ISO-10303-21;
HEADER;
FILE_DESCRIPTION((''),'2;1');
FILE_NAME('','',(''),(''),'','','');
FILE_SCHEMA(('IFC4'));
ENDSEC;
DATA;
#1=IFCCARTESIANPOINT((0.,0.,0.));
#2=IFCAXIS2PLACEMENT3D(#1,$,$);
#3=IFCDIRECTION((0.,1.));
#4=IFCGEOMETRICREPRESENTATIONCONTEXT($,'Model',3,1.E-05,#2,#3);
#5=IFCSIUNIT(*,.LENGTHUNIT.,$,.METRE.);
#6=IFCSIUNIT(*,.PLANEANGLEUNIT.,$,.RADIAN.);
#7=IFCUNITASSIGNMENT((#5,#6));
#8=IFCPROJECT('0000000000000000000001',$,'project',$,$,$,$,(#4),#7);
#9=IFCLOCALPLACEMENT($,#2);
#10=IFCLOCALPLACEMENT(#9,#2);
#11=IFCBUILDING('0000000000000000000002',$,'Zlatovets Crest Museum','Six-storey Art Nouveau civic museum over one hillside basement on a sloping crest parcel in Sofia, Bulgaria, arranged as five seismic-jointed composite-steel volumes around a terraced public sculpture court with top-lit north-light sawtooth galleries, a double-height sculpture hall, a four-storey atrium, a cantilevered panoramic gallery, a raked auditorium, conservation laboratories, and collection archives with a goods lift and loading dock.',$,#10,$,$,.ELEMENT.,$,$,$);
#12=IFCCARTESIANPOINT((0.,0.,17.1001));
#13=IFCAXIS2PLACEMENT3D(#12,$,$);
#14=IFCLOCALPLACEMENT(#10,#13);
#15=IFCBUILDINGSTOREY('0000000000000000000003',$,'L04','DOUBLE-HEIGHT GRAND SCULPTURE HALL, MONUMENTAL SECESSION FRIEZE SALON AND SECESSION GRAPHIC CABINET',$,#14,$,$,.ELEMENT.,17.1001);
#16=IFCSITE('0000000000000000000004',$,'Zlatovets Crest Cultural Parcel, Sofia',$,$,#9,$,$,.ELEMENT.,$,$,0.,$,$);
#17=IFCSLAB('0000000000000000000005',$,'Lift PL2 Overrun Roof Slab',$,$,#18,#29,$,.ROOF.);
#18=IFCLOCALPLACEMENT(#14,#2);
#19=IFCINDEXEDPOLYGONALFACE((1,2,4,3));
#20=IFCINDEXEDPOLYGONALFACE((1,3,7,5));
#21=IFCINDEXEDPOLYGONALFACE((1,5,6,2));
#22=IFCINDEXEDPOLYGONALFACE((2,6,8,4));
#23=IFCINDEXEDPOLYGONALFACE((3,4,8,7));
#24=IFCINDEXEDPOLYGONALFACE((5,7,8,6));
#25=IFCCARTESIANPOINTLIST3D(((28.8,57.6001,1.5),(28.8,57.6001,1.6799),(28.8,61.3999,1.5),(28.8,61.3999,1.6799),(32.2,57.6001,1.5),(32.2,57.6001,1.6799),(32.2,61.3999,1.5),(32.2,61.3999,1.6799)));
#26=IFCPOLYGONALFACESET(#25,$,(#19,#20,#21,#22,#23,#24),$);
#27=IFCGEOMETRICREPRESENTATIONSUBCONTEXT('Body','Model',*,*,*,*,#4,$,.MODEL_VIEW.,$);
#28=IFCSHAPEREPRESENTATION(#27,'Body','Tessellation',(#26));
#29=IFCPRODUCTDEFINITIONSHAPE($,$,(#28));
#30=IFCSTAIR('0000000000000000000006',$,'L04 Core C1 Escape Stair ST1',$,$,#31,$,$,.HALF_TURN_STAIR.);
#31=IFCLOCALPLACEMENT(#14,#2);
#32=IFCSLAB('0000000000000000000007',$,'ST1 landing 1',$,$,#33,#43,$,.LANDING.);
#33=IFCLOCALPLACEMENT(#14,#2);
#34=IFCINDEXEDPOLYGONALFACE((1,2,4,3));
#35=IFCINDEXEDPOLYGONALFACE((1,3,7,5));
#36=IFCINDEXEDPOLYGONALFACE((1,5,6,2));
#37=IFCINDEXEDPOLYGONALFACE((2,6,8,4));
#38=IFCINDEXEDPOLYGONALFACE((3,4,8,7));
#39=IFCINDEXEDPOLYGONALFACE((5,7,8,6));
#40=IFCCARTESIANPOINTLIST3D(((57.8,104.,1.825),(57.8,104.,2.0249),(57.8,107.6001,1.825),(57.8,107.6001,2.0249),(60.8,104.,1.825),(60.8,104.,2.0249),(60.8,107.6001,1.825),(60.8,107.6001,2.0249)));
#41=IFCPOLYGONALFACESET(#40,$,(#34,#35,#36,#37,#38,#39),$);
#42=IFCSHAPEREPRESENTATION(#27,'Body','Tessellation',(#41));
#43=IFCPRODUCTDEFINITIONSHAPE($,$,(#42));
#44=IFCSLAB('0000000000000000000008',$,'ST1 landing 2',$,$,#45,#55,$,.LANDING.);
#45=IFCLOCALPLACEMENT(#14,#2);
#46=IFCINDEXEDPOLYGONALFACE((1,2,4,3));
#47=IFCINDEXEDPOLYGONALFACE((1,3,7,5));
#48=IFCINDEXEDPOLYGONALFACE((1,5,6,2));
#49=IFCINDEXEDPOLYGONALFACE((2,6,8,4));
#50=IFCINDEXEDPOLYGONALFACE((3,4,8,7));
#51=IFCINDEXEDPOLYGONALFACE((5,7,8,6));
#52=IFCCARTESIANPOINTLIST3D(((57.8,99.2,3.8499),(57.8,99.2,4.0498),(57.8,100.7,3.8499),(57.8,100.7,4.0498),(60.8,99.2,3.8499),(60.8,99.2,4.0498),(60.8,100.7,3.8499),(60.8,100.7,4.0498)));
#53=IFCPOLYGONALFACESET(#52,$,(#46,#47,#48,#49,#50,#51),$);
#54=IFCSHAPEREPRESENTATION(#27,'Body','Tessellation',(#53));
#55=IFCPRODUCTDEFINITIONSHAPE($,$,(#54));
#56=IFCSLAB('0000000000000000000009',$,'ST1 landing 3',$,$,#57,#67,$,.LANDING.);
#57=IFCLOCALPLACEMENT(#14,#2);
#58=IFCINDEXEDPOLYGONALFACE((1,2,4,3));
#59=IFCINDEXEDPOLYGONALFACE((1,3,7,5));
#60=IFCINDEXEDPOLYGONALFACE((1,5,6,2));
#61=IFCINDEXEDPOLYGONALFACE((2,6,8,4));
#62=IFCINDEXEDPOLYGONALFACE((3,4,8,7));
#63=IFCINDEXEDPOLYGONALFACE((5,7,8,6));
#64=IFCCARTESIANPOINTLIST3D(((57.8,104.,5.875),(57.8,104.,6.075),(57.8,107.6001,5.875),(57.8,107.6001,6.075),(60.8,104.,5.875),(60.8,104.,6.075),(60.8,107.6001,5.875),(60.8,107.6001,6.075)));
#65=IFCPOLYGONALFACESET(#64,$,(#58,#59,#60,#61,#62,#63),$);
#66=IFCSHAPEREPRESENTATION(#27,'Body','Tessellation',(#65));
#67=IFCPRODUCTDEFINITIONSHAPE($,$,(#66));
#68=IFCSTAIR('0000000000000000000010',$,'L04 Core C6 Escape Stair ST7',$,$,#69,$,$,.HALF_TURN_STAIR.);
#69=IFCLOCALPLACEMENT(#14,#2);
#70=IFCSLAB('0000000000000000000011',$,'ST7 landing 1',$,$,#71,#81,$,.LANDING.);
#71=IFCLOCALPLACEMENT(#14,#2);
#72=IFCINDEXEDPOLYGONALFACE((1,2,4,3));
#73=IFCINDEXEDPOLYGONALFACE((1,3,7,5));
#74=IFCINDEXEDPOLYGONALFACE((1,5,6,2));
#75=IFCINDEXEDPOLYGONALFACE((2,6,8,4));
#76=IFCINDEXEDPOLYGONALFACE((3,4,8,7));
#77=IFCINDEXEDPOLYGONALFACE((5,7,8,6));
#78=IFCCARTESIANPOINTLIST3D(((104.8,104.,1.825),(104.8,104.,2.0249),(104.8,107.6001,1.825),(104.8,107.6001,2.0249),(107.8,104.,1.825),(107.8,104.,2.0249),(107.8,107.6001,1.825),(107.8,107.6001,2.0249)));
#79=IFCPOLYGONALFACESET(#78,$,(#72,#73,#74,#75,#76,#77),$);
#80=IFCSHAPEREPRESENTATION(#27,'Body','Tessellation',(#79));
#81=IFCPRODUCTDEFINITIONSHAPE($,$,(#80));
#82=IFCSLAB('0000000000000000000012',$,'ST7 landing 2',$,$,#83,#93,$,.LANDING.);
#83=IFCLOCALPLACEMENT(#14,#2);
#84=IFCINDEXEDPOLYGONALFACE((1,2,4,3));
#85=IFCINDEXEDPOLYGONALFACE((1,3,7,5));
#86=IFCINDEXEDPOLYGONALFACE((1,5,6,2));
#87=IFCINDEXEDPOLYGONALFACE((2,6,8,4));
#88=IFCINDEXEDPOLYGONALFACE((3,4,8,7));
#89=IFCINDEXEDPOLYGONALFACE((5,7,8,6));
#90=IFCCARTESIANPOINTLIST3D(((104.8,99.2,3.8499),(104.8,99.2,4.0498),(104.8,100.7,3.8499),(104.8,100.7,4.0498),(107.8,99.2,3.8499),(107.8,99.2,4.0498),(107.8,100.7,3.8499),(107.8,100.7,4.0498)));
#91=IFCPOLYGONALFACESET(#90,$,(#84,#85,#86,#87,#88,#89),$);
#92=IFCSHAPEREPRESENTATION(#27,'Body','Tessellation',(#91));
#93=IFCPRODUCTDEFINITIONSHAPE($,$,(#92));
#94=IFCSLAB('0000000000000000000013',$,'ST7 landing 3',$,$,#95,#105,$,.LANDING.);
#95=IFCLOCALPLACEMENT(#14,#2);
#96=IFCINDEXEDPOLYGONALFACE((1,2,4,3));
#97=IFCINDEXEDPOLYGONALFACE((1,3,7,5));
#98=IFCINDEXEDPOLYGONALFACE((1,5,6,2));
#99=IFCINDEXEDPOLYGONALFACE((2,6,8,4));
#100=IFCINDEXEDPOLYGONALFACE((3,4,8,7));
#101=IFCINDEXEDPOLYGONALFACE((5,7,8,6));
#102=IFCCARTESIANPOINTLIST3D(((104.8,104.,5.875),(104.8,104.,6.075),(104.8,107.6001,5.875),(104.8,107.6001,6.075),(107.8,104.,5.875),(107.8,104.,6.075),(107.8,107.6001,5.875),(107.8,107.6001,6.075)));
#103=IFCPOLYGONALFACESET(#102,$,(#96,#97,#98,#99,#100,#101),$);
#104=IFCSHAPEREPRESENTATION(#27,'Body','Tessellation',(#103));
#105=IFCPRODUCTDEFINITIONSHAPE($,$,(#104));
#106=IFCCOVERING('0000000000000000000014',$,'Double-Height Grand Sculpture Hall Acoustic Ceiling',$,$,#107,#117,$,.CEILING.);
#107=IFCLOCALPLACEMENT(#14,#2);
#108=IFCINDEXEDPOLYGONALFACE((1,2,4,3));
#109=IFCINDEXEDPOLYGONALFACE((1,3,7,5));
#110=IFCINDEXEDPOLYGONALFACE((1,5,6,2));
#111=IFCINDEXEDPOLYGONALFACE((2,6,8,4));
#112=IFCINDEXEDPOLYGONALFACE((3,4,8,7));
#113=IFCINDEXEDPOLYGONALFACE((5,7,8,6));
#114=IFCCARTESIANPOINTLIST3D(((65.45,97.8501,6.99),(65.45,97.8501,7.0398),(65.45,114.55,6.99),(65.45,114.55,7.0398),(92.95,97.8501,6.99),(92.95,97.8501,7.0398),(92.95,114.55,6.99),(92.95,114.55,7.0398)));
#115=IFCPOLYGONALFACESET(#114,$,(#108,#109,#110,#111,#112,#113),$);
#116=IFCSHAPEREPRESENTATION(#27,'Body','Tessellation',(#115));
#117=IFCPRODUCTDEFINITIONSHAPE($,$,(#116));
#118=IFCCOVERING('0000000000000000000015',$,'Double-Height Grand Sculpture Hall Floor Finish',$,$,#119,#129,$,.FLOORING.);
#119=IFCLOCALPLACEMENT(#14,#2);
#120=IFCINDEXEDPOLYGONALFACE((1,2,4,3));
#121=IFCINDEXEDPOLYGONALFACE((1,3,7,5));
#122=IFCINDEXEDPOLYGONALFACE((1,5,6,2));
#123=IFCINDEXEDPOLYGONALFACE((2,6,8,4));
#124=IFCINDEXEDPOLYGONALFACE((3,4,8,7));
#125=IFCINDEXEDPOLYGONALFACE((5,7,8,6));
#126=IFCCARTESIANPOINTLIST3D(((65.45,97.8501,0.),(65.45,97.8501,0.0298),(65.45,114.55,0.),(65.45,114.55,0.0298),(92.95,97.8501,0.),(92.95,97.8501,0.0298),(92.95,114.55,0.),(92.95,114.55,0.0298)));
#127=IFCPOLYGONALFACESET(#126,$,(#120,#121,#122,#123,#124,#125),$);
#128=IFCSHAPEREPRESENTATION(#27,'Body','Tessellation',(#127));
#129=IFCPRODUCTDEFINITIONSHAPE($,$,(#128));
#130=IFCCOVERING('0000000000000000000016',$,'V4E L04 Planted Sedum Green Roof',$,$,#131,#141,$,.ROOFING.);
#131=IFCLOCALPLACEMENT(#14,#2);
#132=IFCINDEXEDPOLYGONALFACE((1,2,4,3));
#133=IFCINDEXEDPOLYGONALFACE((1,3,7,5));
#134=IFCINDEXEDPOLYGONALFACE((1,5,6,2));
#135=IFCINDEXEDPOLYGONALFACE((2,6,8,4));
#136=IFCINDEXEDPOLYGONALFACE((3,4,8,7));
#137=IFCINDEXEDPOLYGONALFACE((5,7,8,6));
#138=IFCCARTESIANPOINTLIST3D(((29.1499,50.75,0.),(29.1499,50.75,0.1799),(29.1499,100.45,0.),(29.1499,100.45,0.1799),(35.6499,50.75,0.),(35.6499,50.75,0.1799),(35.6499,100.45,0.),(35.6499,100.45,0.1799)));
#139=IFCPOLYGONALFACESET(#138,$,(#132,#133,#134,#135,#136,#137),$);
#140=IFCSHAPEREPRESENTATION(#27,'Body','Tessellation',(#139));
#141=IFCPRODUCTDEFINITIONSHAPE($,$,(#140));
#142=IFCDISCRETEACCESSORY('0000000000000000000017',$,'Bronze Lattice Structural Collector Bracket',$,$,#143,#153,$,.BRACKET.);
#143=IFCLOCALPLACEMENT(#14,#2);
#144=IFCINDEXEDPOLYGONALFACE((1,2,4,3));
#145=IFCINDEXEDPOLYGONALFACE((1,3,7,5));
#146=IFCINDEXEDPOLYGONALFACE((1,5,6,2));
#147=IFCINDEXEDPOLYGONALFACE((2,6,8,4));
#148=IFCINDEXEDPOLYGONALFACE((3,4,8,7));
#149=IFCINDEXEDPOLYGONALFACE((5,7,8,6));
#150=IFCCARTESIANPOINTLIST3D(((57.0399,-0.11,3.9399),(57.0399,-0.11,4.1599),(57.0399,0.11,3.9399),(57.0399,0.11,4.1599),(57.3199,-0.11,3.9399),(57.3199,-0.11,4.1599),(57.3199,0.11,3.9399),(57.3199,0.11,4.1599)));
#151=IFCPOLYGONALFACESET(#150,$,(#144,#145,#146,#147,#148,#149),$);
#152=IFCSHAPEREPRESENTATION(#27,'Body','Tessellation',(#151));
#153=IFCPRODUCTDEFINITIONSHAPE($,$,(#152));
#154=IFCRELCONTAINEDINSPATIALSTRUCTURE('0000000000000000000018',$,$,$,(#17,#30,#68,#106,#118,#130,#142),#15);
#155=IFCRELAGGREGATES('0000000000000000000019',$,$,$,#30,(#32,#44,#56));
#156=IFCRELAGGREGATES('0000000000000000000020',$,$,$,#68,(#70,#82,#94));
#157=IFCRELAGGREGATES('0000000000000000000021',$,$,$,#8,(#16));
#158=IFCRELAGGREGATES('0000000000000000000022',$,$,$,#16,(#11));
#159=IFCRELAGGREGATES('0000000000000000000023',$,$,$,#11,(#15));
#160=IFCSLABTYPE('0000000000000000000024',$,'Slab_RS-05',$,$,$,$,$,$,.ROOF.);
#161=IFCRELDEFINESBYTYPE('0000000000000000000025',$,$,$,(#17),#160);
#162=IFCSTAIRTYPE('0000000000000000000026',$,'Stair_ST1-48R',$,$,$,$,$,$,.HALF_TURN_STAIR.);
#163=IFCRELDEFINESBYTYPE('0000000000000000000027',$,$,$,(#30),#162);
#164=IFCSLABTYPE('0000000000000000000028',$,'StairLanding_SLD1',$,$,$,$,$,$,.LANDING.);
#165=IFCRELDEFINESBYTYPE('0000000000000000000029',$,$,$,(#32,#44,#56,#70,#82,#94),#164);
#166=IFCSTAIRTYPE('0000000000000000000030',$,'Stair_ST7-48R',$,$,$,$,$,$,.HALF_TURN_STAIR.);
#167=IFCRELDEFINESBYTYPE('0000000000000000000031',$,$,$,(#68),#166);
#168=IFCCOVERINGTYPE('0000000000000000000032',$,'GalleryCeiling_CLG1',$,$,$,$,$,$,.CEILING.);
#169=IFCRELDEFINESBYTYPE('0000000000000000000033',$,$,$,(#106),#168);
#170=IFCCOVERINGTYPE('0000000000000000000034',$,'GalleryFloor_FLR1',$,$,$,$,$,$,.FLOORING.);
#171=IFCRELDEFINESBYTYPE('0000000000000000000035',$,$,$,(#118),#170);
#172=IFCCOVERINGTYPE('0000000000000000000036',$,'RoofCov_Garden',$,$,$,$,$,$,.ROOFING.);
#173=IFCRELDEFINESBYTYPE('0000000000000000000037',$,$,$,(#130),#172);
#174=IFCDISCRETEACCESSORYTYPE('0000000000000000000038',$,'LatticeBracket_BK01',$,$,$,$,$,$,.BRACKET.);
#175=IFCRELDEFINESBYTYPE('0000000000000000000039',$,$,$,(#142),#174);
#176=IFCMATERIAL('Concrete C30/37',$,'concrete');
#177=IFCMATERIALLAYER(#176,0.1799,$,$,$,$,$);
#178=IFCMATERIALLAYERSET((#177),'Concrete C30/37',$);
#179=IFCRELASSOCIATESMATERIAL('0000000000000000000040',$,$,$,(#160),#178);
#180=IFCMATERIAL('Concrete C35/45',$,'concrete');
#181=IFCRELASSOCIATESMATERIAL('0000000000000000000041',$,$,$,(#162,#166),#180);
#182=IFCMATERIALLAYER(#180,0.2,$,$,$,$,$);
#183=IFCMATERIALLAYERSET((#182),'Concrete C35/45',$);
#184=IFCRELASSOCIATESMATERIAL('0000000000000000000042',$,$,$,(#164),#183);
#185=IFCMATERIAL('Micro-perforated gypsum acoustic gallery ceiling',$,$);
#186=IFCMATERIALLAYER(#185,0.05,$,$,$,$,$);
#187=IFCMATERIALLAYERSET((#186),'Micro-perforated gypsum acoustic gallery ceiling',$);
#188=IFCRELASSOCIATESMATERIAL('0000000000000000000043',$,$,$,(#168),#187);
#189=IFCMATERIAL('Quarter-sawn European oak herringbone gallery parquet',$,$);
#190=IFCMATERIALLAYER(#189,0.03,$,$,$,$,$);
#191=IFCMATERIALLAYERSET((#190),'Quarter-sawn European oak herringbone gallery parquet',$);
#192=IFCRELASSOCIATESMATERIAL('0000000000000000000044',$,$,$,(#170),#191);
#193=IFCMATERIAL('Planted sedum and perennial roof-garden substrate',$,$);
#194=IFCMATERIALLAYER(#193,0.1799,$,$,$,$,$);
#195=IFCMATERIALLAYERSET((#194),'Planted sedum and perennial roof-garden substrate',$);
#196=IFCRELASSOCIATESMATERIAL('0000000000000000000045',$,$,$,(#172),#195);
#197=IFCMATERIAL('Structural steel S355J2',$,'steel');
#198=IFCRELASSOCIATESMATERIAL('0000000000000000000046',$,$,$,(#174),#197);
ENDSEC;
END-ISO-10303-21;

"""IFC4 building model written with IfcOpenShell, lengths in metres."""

from ifc_helpers import new_model, si_unit, direction, frame, origin, origin_2d, place, context, subcontext, project, spatial, polyline, rectangle, outline, extrude, material, layer, layer_set, type_object, element, aggregate, save


model = new_model("IFC4")

# Units and contexts
model_context = context("Model", 3, precision=1e-05, world=origin(), true_north=direction((0.0, 1.0)))
body_context = subcontext(model_context, "Body", "Model", "MODEL_VIEW")
ifc_project = project(units=[si_unit("LENGTHUNIT", "METRE"), si_unit("PLANEANGLEUNIT", "RADIAN")], contexts=[model_context])

# Site, building, storey
site_placement = place(None, origin())
site = spatial("IfcSite", under=ifc_project, at=site_placement, Name="Zlatovets Crest Cultural Parcel, Sofia", CompositionType="ELEMENT", RefElevation=0.0)
building_placement = place(site_placement, origin())
building = spatial("IfcBuilding", under=site, at=building_placement, Name="Zlatovets Crest Museum", Description="Six-storey Art Nouveau civic museum over one hillside basement on a sloping crest parcel in Sofia, Bulgaria, arranged as five seismic-jointed composite-steel volumes around a terraced public sculpture court with top-lit north-light sawtooth galleries, a double-height sculpture hall, a four-storey atrium, a cantilevered panoramic gallery, a raked auditorium, conservation laboratories, and collection archives with a goods lift and loading dock.", CompositionType="ELEMENT")
storey_placement = place(building_placement, frame((0.0, 0.0, 17.1001)))
storey = spatial("IfcBuildingStorey", under=building, at=storey_placement, Name="L04", Description="DOUBLE-HEIGHT GRAND SCULPTURE HALL, MONUMENTAL SECESSION FRIEZE SALON AND SECESSION GRAPHIC CABINET", CompositionType="ELEMENT", Elevation=17.1001)

# Shared definitions
ifc_material_1 = material(Name="Structural steel S355J2", Category="steel")

# Slab
ifc_material_2 = material(Name="Concrete C30/37", Category="concrete")
ifc_layer_1 = layer(ifc_material_2, 0.1799)
ifc_layer_set_1 = layer_set([ifc_layer_1], Name="Concrete C30/37")
slab_type_1 = type_object("IfcSlabType", Name="Slab_RS-05", PredefinedType="ROOF", material=ifc_layer_set_1)
slab_1_placement = place(storey_placement, frame((0.0, 0.0, 1.5)))
element("IfcSlab", 1, at=slab_1_placement, inside=storey, type_object=slab_type_1, Name="Lift PL2 Overrun Roof Slab", PredefinedType="ROOF", context=body_context, shape_type="SweptSolid", body=[
    extrude(outline(polyline([(28.8, 57.6001), (32.2, 57.6001), (32.2, 61.3999), (28.8, 61.3999), (28.8, 57.6001)])), origin(), (0.0, 0.0, 1.0), 0.1799),
])

# Stairs, slabs
ifc_material_3 = material(Name="Concrete C35/45", Category="concrete")
stair_type_1 = type_object("IfcStairType", Name="Stair_ST1-48R", PredefinedType="HALF_TURN_STAIR", material=ifc_material_3)
stair_1_placement = place(storey_placement, origin())
stair_1 = element("IfcStair", 2, at=stair_1_placement, inside=storey, type_object=stair_type_1, Name="L04 Core C1 Escape Stair ST1", PredefinedType="HALF_TURN_STAIR")
ifc_layer_2 = layer(ifc_material_3, 0.2)
ifc_layer_set_2 = layer_set([ifc_layer_2], Name="Concrete C35/45")
slab_type_2 = type_object("IfcSlabType", Name="StairLanding_SLD1", PredefinedType="LANDING", material=ifc_layer_set_2)
slab_2_placement = place(storey_placement, frame((0.0, 0.0, 1.825)))
slab_2 = element("IfcSlab", 3, at=slab_2_placement, type_object=slab_type_2, Name="ST1 landing 1", PredefinedType="LANDING", context=body_context, shape_type="SweptSolid", body=[
    extrude(outline(polyline([(60.8, 104.0), (60.8, 107.6001), (57.8, 107.6001), (57.8, 104.0), (60.8, 104.0)])), origin(), (0.0, 0.0, 1.0), 0.2),
])
slab_3_placement = place(storey_placement, frame((0.0, 0.0, 3.8499)))
slab_3 = element("IfcSlab", 4, at=slab_3_placement, type_object=slab_type_2, Name="ST1 landing 2", PredefinedType="LANDING", context=body_context, shape_type="SweptSolid", body=[
    extrude(outline(polyline([(60.8, 99.2), (60.8, 100.7), (57.8, 100.7), (57.8, 99.2), (60.8, 99.2)])), origin(), (0.0, 0.0, 1.0), 0.2),
])
slab_4_placement = place(storey_placement, frame((0.0, 0.0, 5.875)))
slab_4 = element("IfcSlab", 5, at=slab_4_placement, type_object=slab_type_2, Name="ST1 landing 3", PredefinedType="LANDING", context=body_context, shape_type="SweptSolid", body=[
    extrude(outline(polyline([(60.8, 104.0), (60.8, 107.6001), (57.8, 107.6001), (57.8, 104.0), (60.8, 104.0)])), origin(), (0.0, 0.0, 1.0), 0.2),
])
aggregate(stair_1, [slab_2, slab_3, slab_4])
stair_type_2 = type_object("IfcStairType", Name="Stair_ST7-48R", PredefinedType="HALF_TURN_STAIR", material=ifc_material_3)
stair_2_placement = place(storey_placement, origin())
stair_2 = element("IfcStair", 6, at=stair_2_placement, inside=storey, type_object=stair_type_2, Name="L04 Core C6 Escape Stair ST7", PredefinedType="HALF_TURN_STAIR")
slab_5_placement = place(storey_placement, frame((0.0, 0.0, 1.825)))
slab_5 = element("IfcSlab", 7, at=slab_5_placement, type_object=slab_type_2, Name="ST7 landing 1", PredefinedType="LANDING", context=body_context, shape_type="SweptSolid", body=[
    extrude(outline(polyline([(107.8, 104.0), (107.8, 107.6001), (104.8, 107.6001), (104.8, 104.0), (107.8, 104.0)])), origin(), (0.0, 0.0, 1.0), 0.2),
])
slab_6_placement = place(storey_placement, frame((0.0, 0.0, 3.8499)))
slab_6 = element("IfcSlab", 8, at=slab_6_placement, type_object=slab_type_2, Name="ST7 landing 2", PredefinedType="LANDING", context=body_context, shape_type="SweptSolid", body=[
    extrude(outline(polyline([(107.8, 99.2), (107.8, 100.7), (104.8, 100.7), (104.8, 99.2), (107.8, 99.2)])), origin(), (0.0, 0.0, 1.0), 0.2),
])
slab_7_placement = place(storey_placement, frame((0.0, 0.0, 5.875)))
slab_7 = element("IfcSlab", 9, at=slab_7_placement, type_object=slab_type_2, Name="ST7 landing 3", PredefinedType="LANDING", context=body_context, shape_type="SweptSolid", body=[
    extrude(outline(polyline([(107.8, 104.0), (107.8, 107.6001), (104.8, 107.6001), (104.8, 104.0), (107.8, 104.0)])), origin(), (0.0, 0.0, 1.0), 0.2),
])
aggregate(stair_2, [slab_5, slab_6, slab_7])

# Coverings
ifc_material_4 = material(Name="Micro-perforated gypsum acoustic gallery ceiling")
ifc_layer_3 = layer(ifc_material_4, 0.05)
ifc_layer_set_3 = layer_set([ifc_layer_3], Name="Micro-perforated gypsum acoustic gallery ceiling")
covering_type_1 = type_object("IfcCoveringType", Name="GalleryCeiling_CLG1", PredefinedType="CEILING", material=ifc_layer_set_3)
covering_1_placement = place(storey_placement, frame((0.0, 0.0, 6.99)))
element("IfcCovering", 10, at=covering_1_placement, inside=storey, type_object=covering_type_1, Name="Double-Height Grand Sculpture Hall Acoustic Ceiling", PredefinedType="CEILING", context=body_context, shape_type="SweptSolid", body=[
    extrude(outline(polyline([(65.45, 97.8501), (92.95, 97.8501), (92.95, 114.55), (65.45, 114.55), (65.45, 97.8501)])), origin(), (0.0, 0.0, 1.0), 0.0498),
])
ifc_material_5 = material(Name="Quarter-sawn European oak herringbone gallery parquet")
ifc_layer_4 = layer(ifc_material_5, 0.03)
ifc_layer_set_4 = layer_set([ifc_layer_4], Name="Quarter-sawn European oak herringbone gallery parquet")
covering_type_2 = type_object("IfcCoveringType", Name="GalleryFloor_FLR1", PredefinedType="FLOORING", material=ifc_layer_set_4)
covering_2_placement = place(storey_placement, origin())
element("IfcCovering", 11, at=covering_2_placement, inside=storey, type_object=covering_type_2, Name="Double-Height Grand Sculpture Hall Floor Finish", PredefinedType="FLOORING", context=body_context, shape_type="SweptSolid", body=[
    extrude(outline(polyline([(65.45, 97.8501), (92.95, 97.8501), (92.95, 114.55), (65.45, 114.55), (65.45, 97.8501)])), origin(), (0.0, 0.0, 1.0), 0.0298),
])
ifc_material_6 = material(Name="Planted sedum and perennial roof-garden substrate")
ifc_layer_5 = layer(ifc_material_6, 0.1799)
ifc_layer_set_5 = layer_set([ifc_layer_5], Name="Planted sedum and perennial roof-garden substrate")
covering_type_3 = type_object("IfcCoveringType", Name="RoofCov_Garden", PredefinedType="ROOFING", material=ifc_layer_set_5)
covering_3_placement = place(storey_placement, origin())
element("IfcCovering", 12, at=covering_3_placement, inside=storey, type_object=covering_type_3, Name="V4E L04 Planted Sedum Green Roof", PredefinedType="ROOFING", context=body_context, shape_type="SweptSolid", body=[
    extrude(outline(polyline([(35.6499, 50.75), (35.6499, 100.45), (29.1499, 100.45), (29.1499, 50.75), (35.6499, 50.75)])), origin(), (0.0, 0.0, 1.0), 0.1799),
])

# Discrete accessory
discrete_accessory_type = type_object("IfcDiscreteAccessoryType", Name="LatticeBracket_BK01", PredefinedType="BRACKET", material=ifc_material_1)
discrete_accessory_placement = place(storey_placement, frame((57.1799, 0.0, 3.9399), z_axis=(0.0, 0.0, 1.0), x_axis=(1.0, 0.0, 0.0)))
element("IfcDiscreteAccessory", 13, at=discrete_accessory_placement, inside=storey, type_object=discrete_accessory_type, Name="Bronze Lattice Structural Collector Bracket", PredefinedType="BRACKET", context=body_context, shape_type="SweptSolid", body=[
    extrude(rectangle(XDim=0.28, YDim=0.22, at=origin_2d()), origin(), (0.0, 0.0, 1.0), 0.22),
])

save(model, "model.ifc")
